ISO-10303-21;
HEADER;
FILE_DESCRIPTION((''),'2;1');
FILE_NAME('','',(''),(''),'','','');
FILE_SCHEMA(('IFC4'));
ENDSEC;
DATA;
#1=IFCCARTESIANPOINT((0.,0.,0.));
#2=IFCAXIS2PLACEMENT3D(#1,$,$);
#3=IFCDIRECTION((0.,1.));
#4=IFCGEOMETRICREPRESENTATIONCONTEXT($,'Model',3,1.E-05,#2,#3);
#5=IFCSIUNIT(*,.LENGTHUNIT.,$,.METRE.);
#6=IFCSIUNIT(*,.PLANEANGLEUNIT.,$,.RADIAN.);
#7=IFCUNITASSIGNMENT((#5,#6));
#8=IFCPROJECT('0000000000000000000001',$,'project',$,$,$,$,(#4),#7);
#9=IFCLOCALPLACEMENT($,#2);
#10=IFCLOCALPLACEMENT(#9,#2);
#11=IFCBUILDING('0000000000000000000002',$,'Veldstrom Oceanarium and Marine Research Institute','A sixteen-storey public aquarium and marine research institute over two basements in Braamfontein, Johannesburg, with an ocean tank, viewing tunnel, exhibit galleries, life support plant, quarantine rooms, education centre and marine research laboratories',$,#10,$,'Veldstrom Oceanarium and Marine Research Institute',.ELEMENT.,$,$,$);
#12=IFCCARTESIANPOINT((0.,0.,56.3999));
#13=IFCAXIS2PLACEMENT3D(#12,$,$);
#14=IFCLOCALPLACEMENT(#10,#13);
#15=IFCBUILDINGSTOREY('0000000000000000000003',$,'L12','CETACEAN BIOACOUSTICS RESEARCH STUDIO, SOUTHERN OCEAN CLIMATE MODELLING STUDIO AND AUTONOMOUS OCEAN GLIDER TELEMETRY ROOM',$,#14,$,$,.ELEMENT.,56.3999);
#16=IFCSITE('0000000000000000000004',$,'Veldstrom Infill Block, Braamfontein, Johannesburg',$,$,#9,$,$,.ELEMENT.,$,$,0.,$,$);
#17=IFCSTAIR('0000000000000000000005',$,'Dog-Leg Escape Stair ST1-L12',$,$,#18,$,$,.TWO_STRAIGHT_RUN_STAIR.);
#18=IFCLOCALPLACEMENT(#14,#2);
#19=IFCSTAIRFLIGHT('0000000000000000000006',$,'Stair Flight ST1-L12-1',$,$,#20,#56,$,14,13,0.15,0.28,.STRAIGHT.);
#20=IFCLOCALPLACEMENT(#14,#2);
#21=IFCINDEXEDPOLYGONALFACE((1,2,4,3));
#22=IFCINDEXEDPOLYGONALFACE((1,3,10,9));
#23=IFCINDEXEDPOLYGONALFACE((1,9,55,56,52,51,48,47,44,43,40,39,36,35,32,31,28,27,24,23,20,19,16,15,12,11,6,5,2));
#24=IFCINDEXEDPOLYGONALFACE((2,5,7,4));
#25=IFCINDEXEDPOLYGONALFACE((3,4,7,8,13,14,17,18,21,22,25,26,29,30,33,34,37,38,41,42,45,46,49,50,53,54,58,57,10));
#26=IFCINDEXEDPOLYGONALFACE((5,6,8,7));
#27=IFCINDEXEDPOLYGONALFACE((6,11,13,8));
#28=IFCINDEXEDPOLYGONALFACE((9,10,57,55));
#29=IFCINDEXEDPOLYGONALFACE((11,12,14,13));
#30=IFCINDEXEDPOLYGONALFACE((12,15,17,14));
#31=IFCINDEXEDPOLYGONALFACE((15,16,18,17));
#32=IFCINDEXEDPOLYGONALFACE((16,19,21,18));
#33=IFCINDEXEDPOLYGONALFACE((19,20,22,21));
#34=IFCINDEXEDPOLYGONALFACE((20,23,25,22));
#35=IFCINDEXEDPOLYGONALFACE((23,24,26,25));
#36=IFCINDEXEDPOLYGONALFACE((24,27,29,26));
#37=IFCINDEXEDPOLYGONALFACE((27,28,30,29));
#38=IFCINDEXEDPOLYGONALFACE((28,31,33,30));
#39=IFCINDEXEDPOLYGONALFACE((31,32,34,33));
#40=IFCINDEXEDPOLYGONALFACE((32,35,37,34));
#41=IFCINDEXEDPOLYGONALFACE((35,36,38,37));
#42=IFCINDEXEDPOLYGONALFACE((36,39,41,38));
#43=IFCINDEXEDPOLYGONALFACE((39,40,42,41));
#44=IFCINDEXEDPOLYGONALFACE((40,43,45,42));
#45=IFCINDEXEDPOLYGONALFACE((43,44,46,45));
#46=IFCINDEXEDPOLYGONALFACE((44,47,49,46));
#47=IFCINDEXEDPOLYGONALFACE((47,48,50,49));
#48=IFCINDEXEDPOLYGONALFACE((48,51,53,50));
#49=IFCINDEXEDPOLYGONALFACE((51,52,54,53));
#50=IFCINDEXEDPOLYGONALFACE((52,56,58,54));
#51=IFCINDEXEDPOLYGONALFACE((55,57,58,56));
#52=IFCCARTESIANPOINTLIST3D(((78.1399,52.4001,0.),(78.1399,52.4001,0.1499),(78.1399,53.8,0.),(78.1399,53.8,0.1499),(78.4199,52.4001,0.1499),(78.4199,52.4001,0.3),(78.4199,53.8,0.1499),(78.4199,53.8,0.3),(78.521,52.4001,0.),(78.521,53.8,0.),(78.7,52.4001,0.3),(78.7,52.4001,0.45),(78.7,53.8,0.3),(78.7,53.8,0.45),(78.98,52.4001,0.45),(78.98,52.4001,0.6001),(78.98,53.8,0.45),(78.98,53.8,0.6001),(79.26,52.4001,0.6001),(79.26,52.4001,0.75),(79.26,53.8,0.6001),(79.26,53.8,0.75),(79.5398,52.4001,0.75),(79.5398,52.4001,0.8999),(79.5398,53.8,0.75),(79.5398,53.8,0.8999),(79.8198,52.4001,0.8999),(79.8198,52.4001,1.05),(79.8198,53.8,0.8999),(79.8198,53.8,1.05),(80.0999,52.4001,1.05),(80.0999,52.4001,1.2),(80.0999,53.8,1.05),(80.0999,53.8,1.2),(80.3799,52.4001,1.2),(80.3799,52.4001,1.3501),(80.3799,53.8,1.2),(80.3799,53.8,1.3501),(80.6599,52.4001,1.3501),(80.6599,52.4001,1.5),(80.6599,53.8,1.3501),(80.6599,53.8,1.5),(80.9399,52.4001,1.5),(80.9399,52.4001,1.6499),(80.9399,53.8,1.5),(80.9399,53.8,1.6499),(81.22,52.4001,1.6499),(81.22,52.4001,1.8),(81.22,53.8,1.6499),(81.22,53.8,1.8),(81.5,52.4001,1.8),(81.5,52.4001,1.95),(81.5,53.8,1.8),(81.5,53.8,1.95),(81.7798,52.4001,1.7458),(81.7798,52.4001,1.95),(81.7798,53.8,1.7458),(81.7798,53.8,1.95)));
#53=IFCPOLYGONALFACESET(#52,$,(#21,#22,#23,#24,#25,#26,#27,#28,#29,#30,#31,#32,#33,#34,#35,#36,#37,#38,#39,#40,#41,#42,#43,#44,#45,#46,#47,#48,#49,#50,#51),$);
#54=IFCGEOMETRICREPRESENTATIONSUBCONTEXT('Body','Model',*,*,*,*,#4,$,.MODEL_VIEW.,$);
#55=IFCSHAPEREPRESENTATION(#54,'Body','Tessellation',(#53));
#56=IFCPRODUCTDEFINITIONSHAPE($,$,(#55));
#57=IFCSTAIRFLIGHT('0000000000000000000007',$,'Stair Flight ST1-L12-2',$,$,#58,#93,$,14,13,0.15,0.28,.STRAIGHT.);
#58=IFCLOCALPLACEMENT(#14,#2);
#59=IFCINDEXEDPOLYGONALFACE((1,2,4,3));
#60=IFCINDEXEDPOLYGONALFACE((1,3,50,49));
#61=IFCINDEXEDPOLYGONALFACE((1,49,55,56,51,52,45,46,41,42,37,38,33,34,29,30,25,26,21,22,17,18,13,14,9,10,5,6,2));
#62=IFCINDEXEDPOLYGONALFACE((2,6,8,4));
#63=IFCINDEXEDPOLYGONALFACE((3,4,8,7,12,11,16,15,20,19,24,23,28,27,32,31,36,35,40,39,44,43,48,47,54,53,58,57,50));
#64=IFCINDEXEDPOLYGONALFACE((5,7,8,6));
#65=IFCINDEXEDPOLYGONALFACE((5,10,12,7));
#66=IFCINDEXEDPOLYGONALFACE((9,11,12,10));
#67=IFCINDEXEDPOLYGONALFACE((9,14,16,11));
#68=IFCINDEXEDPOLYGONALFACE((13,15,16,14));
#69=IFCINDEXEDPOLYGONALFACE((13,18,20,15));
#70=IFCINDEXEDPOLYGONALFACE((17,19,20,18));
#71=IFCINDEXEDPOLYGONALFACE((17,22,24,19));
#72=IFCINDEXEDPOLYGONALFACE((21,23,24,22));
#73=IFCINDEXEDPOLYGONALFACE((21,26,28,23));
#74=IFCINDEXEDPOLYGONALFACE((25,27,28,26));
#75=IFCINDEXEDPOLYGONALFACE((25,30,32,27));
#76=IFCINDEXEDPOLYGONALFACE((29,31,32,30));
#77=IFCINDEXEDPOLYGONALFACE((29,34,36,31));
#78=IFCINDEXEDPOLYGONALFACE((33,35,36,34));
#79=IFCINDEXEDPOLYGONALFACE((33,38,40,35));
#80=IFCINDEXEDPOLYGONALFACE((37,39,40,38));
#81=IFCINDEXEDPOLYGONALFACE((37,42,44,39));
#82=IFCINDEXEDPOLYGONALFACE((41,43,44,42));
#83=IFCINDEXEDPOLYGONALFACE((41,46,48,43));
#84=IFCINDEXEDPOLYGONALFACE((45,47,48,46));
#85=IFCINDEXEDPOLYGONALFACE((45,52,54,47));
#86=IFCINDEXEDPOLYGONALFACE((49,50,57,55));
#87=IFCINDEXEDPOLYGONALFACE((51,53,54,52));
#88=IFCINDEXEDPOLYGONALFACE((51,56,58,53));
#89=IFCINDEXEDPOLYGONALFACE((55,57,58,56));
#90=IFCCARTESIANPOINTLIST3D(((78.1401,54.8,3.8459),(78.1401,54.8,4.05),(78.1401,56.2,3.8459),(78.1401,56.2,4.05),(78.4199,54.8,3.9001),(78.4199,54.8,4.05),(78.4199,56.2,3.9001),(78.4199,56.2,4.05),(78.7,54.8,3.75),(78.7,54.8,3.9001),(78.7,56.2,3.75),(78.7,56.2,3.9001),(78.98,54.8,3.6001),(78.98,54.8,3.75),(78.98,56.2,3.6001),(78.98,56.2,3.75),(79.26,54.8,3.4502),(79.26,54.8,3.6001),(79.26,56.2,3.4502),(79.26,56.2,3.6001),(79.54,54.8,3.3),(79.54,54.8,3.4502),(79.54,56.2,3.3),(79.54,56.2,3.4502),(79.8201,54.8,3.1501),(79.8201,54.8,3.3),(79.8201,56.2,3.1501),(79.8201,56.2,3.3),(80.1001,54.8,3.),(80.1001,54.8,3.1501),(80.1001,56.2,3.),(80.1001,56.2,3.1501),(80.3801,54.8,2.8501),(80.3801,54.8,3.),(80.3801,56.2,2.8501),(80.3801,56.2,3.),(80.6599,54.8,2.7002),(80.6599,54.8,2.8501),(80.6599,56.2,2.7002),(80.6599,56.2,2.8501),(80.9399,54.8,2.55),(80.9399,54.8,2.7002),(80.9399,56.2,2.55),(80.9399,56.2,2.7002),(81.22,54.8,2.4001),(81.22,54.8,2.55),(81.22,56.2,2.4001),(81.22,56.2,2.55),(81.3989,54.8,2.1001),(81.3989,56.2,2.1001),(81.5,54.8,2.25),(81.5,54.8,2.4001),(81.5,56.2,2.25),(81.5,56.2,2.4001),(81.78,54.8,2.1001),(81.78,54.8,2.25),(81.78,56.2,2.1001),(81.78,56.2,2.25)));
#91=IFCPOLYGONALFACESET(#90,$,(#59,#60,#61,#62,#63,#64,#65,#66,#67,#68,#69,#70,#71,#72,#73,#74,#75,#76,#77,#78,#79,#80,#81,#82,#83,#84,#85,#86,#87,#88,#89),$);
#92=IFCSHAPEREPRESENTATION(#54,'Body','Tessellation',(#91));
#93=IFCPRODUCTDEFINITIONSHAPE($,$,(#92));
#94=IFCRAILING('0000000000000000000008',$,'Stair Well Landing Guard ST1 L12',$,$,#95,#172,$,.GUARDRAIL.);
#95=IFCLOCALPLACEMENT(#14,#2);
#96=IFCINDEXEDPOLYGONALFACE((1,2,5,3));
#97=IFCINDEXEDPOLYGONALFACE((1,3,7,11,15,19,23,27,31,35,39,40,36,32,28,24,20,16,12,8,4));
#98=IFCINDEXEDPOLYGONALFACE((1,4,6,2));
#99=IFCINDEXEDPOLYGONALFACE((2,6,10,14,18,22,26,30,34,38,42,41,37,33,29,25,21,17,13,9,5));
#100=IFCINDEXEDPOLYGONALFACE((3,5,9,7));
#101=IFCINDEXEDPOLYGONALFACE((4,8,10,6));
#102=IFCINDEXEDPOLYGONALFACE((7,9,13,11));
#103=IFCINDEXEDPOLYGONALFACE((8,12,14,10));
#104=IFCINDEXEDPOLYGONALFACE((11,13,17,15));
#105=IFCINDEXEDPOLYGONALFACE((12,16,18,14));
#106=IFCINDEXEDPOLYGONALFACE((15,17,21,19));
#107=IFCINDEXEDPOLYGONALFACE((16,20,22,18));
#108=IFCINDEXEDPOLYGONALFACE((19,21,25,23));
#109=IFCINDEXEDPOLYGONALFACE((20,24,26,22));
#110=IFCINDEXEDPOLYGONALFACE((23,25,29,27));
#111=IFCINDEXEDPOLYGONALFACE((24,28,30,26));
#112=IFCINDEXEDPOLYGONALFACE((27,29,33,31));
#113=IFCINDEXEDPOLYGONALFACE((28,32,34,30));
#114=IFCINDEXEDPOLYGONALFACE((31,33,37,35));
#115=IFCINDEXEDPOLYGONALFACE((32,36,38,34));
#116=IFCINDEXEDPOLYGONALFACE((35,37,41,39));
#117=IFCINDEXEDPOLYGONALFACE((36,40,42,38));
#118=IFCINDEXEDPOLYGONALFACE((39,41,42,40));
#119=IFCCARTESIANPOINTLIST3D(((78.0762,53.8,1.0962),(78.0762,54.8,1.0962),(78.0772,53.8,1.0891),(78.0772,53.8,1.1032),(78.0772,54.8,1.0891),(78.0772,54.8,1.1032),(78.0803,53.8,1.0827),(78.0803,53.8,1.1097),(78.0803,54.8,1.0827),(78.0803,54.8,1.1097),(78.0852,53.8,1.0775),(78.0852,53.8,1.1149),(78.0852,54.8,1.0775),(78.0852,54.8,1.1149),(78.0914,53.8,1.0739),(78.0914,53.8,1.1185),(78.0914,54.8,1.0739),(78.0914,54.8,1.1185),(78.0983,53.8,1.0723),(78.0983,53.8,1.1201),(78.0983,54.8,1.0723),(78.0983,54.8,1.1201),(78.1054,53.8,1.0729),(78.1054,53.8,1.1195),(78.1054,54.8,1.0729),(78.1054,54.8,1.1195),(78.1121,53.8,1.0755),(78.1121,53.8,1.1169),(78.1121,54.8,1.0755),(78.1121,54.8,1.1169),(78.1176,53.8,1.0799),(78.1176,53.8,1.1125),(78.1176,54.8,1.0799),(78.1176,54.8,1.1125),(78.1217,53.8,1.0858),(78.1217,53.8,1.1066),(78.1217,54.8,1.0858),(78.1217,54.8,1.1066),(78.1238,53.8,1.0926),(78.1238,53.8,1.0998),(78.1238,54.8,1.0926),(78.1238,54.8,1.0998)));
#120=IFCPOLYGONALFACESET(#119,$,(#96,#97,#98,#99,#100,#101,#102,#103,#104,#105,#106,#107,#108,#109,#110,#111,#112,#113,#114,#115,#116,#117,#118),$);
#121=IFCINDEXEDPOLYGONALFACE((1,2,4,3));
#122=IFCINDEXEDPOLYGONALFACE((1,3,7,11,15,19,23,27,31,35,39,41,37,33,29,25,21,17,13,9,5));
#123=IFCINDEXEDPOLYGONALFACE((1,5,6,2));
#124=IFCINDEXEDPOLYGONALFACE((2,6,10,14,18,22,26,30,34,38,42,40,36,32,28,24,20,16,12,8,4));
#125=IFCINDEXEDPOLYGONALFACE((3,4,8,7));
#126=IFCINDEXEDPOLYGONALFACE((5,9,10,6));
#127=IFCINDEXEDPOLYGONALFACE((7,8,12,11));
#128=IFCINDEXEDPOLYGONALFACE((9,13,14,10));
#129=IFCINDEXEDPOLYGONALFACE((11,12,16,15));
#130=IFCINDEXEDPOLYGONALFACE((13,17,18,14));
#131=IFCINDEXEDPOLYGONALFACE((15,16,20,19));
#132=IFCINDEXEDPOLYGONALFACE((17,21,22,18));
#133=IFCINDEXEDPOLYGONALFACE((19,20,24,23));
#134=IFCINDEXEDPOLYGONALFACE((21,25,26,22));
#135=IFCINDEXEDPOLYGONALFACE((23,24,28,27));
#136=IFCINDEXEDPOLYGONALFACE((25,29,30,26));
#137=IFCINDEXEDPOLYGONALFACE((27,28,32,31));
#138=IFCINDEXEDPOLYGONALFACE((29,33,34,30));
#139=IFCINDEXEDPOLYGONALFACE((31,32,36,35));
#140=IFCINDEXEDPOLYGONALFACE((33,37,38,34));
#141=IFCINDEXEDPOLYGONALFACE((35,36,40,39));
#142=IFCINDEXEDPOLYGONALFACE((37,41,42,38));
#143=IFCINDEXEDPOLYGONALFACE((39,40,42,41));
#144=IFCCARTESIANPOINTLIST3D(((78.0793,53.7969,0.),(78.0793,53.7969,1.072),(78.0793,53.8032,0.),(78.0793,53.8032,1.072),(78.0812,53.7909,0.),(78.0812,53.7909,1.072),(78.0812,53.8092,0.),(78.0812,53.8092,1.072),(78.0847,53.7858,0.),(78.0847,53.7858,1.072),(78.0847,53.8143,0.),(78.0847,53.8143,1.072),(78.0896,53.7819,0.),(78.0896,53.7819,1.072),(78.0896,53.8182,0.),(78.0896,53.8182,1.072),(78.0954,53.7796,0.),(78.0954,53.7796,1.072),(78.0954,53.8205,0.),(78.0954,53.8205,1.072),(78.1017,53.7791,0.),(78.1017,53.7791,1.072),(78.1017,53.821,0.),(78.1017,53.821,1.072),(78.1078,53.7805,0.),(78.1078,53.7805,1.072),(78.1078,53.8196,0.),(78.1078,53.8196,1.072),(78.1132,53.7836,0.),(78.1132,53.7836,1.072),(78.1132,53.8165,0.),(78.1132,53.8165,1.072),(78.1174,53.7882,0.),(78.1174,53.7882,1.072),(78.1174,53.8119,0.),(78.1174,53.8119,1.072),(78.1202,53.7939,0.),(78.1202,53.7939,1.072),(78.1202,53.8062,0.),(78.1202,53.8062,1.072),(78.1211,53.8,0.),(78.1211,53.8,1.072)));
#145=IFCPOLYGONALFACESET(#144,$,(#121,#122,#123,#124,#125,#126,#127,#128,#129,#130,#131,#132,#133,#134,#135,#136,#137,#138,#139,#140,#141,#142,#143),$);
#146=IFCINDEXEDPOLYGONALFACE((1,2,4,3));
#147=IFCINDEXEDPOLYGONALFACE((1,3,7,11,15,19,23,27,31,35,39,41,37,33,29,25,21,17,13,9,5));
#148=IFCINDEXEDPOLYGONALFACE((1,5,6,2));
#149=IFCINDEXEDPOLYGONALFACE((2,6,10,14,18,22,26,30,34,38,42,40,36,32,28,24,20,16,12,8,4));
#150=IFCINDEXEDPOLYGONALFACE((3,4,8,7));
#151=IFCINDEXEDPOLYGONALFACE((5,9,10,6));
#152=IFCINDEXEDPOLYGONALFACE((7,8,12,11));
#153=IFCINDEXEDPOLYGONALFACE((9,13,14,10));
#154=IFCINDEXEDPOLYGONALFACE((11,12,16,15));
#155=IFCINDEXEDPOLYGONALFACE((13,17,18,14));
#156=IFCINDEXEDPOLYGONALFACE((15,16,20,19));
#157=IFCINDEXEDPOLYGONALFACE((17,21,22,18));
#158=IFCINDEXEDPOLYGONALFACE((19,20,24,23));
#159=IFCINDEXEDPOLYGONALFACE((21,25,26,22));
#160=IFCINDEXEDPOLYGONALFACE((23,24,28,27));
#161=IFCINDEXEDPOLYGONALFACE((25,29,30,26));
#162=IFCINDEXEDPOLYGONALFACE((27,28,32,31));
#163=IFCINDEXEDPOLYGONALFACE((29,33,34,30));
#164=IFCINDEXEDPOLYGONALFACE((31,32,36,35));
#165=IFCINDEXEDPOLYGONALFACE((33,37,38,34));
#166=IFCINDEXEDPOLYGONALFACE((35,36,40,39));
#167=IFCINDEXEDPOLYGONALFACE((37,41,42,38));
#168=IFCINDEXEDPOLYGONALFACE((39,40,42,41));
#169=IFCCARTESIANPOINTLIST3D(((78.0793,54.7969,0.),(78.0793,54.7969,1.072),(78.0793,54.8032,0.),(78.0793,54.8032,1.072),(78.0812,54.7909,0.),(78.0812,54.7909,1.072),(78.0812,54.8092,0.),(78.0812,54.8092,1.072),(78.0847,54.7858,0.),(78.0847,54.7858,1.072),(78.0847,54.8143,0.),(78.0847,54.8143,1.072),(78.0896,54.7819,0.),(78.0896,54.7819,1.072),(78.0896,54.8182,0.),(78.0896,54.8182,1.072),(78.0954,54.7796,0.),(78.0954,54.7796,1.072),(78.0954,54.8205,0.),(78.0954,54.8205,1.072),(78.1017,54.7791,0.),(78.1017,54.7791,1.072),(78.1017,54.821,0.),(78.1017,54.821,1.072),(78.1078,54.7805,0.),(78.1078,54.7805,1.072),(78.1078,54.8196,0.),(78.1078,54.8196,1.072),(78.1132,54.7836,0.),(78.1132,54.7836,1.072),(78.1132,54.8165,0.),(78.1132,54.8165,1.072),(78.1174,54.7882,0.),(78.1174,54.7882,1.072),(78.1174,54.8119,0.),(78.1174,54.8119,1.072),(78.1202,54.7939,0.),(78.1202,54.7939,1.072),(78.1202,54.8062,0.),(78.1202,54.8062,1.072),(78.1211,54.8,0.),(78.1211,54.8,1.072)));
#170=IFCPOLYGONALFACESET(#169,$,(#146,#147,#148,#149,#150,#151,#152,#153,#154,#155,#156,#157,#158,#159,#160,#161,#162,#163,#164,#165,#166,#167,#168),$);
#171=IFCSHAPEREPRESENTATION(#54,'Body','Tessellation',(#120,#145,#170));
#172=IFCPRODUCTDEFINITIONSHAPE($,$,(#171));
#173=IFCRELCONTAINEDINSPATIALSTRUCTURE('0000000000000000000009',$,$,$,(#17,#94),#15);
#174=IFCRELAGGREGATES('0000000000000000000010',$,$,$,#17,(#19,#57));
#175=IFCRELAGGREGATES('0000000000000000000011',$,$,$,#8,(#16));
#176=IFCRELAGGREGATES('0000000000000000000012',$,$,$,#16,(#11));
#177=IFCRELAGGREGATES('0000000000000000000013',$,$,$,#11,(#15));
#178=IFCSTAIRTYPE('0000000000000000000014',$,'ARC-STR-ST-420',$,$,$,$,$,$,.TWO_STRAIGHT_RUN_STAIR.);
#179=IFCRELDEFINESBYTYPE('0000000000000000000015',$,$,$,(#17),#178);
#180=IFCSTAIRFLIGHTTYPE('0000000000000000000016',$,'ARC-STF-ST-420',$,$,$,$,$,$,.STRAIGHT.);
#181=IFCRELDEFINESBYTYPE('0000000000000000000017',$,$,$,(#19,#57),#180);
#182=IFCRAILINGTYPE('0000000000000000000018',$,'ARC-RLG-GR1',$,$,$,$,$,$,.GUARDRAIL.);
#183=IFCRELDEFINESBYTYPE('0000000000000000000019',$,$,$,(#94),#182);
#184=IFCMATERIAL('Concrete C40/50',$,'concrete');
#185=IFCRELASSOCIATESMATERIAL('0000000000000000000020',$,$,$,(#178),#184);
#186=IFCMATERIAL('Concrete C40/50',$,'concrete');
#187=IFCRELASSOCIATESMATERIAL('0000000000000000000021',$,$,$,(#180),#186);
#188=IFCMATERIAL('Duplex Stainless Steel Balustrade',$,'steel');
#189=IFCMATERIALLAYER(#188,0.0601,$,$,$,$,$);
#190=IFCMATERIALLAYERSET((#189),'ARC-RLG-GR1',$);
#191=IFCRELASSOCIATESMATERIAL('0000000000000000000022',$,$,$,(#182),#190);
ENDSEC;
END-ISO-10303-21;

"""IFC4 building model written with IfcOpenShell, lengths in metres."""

from ifc_helpers import new_model, si_unit, direction, frame, origin, origin_2d, place, context, subcontext, project, spatial, polyline, circle, outline, extrude, material, layer, layer_set, type_object, element, aggregate, save


model = new_model("IFC4")

# Units and contexts
model_context = context("Model", 3, precision=1e-05, world=origin(), true_north=direction((0.0, 1.0)))
body_context = subcontext(model_context, "Body", "Model", "MODEL_VIEW")
ifc_project = project(units=[si_unit("LENGTHUNIT", "METRE"), si_unit("PLANEANGLEUNIT", "RADIAN")], contexts=[model_context])

# Site, building, storey
site_placement = place(None, origin())
site = spatial("IfcSite", under=ifc_project, at=site_placement, Name="Veldstrom Infill Block, Braamfontein, Johannesburg", CompositionType="ELEMENT", RefElevation=0.0)
building_placement = place(site_placement, origin())
building = spatial("IfcBuilding", under=site, at=building_placement, Name="Veldstrom Oceanarium and Marine Research Institute", Description="A sixteen-storey public aquarium and marine research institute over two basements in Braamfontein, Johannesburg, with an ocean tank, viewing tunnel, exhibit galleries, life support plant, quarantine rooms, education centre and marine research laboratories", LongName="Veldstrom Oceanarium and Marine Research Institute", CompositionType="ELEMENT")
storey_placement = place(building_placement, frame((0.0, 0.0, 56.3999)))
storey = spatial("IfcBuildingStorey", under=building, at=storey_placement, Name="L12", Description="CETACEAN BIOACOUSTICS RESEARCH STUDIO, SOUTHERN OCEAN CLIMATE MODELLING STUDIO AND AUTONOMOUS OCEAN GLIDER TELEMETRY ROOM", CompositionType="ELEMENT", Elevation=56.3999)

# Stair, stair flights
ifc_material_1 = material(Name="Concrete C40/50", Category="concrete")
stair_type = type_object("IfcStairType", Name="ARC-STR-ST-420", PredefinedType="TWO_STRAIGHT_RUN_STAIR", material=ifc_material_1)
stair_placement = place(storey_placement, origin())
stair = element("IfcStair", 1, at=stair_placement, inside=storey, type_object=stair_type, Name="Dog-Leg Escape Stair ST1-L12", PredefinedType="TWO_STRAIGHT_RUN_STAIR")
ifc_material_2 = material(Name="Concrete C40/50", Category="concrete")
stair_flight_type = type_object("IfcStairFlightType", Name="ARC-STF-ST-420", PredefinedType="STRAIGHT", material=ifc_material_2)
stair_flight_1_placement = place(storey_placement, frame((78.1399, 53.1001, 0.0), z_axis=(0.0, 0.0, 1.0), x_axis=(1.0, 0.0, 0.0)))
stair_flight_1 = element("IfcStairFlight", 2, at=stair_flight_1_placement, type_object=stair_flight_type, Name="Stair Flight ST1-L12-1", NumberOfRisers=14, NumberOfTreads=13, PredefinedType="STRAIGHT", RiserHeight=0.15, TreadLength=0.28, context=body_context, shape_type="SweptSolid", body=[
    extrude(outline(polyline([(0.0, 0.0), (0.0, 0.1499), (0.28, 0.1499), (0.28, 0.3), (0.5601, 0.3), (0.5601, 0.45), (0.8401, 0.45), (0.8401, 0.6001), (1.1201, 0.6001), (1.1201, 0.75), (1.3999, 0.75), (1.3999, 0.8999), (1.6799, 0.8999), (1.6799, 1.05), (1.96, 1.05), (1.96, 1.2), (2.24, 1.2), (2.24, 1.3501), (2.52, 1.3501), (2.52, 1.5), (2.8, 1.5), (2.8, 1.6499), (3.0801, 1.6499), (3.0801, 1.8), (3.3601, 1.8), (3.3601, 1.95), (3.6399, 1.95), (3.6399, 2.1001), (3.6399, 1.7458), (0.3811, 0.0), (0.0, 0.0)])), frame((0.0, 0.7, 0.0), z_axis=(0.0, -1.0, 0.0), x_axis=(1.0, 0.0, 0.0)), (0.0, 0.0, 1.0), 1.3999),
])
stair_flight_2_placement = place(storey_placement, frame((81.78, 55.5, 2.1001), z_axis=(0.0, 0.0, 1.0), x_axis=(-1.0, 0.0, 0.0)))
stair_flight_2 = element("IfcStairFlight", 3, at=stair_flight_2_placement, type_object=stair_flight_type, Name="Stair Flight ST1-L12-2", NumberOfRisers=14, NumberOfTreads=13, PredefinedType="STRAIGHT", RiserHeight=0.15, TreadLength=0.28, context=body_context, shape_type="SweptSolid", body=[
    extrude(outline(polyline([(0.0, 0.0), (0.0, 0.1499), (0.28, 0.1499), (0.28, 0.3), (0.5601, 0.3), (0.5601, 0.45), (0.8401, 0.45), (0.8401, 0.6001), (1.1201, 0.6001), (1.1201, 0.75), (1.3999, 0.75), (1.3999, 0.8999), (1.6799, 0.8999), (1.6799, 1.05), (1.96, 1.05), (1.96, 1.2), (2.24, 1.2), (2.24, 1.3501), (2.52, 1.3501), (2.52, 1.5), (2.8, 1.5), (2.8, 1.6499), (3.0801, 1.6499), (3.0801, 1.8), (3.3601, 1.8), (3.3601, 1.95), (3.6399, 1.95), (3.6399, 2.1001), (3.6399, 1.7458), (0.3811, 0.0), (0.0, 0.0)])), frame((0.0, 0.7, 0.0), z_axis=(0.0, -1.0, 0.0), x_axis=(1.0, 0.0, 0.0)), (0.0, 0.0, 1.0), 1.3999),
])
aggregate(stair, [stair_flight_1, stair_flight_2])

# Railing
ifc_material_3 = material(Name="Duplex Stainless Steel Balustrade", Category="steel")
ifc_layer_1 = layer(ifc_material_3, 0.0601)
ifc_layer_set_1 = layer_set([ifc_layer_1], Name="ARC-RLG-GR1")
railing_type_1 = type_object("IfcRailingType", Name="ARC-RLG-GR1", PredefinedType="GUARDRAIL", material=ifc_layer_set_1)
railing_1_placement = place(storey_placement, frame((78.1001, 53.8, 0.0)))
element("IfcRailing", 4, at=railing_1_placement, inside=storey, type_object=railing_type_1, Name="Stair Well Landing Guard ST1 L12", PredefinedType="GUARDRAIL", context=body_context, shape_type="SweptSolid", body=[
    extrude(circle(Radius=0.0239, at=origin_2d()), frame((0.0, 0.0, 1.0962), z_axis=(0.0, 1.0, 0.0), x_axis=(-1.0, 0.0, 0.0)), (0.0, 0.0, 1.0), 1.0),
    extrude(circle(Radius=0.021, at=origin_2d()), origin(), (0.0, 0.0, 1.0), 1.072),
    extrude(circle(Radius=0.021, at=origin_2d()), frame((0.0, 1.0, 0.0)), (0.0, 0.0, 1.0), 1.072),
])

save(model, "model.ifc")
